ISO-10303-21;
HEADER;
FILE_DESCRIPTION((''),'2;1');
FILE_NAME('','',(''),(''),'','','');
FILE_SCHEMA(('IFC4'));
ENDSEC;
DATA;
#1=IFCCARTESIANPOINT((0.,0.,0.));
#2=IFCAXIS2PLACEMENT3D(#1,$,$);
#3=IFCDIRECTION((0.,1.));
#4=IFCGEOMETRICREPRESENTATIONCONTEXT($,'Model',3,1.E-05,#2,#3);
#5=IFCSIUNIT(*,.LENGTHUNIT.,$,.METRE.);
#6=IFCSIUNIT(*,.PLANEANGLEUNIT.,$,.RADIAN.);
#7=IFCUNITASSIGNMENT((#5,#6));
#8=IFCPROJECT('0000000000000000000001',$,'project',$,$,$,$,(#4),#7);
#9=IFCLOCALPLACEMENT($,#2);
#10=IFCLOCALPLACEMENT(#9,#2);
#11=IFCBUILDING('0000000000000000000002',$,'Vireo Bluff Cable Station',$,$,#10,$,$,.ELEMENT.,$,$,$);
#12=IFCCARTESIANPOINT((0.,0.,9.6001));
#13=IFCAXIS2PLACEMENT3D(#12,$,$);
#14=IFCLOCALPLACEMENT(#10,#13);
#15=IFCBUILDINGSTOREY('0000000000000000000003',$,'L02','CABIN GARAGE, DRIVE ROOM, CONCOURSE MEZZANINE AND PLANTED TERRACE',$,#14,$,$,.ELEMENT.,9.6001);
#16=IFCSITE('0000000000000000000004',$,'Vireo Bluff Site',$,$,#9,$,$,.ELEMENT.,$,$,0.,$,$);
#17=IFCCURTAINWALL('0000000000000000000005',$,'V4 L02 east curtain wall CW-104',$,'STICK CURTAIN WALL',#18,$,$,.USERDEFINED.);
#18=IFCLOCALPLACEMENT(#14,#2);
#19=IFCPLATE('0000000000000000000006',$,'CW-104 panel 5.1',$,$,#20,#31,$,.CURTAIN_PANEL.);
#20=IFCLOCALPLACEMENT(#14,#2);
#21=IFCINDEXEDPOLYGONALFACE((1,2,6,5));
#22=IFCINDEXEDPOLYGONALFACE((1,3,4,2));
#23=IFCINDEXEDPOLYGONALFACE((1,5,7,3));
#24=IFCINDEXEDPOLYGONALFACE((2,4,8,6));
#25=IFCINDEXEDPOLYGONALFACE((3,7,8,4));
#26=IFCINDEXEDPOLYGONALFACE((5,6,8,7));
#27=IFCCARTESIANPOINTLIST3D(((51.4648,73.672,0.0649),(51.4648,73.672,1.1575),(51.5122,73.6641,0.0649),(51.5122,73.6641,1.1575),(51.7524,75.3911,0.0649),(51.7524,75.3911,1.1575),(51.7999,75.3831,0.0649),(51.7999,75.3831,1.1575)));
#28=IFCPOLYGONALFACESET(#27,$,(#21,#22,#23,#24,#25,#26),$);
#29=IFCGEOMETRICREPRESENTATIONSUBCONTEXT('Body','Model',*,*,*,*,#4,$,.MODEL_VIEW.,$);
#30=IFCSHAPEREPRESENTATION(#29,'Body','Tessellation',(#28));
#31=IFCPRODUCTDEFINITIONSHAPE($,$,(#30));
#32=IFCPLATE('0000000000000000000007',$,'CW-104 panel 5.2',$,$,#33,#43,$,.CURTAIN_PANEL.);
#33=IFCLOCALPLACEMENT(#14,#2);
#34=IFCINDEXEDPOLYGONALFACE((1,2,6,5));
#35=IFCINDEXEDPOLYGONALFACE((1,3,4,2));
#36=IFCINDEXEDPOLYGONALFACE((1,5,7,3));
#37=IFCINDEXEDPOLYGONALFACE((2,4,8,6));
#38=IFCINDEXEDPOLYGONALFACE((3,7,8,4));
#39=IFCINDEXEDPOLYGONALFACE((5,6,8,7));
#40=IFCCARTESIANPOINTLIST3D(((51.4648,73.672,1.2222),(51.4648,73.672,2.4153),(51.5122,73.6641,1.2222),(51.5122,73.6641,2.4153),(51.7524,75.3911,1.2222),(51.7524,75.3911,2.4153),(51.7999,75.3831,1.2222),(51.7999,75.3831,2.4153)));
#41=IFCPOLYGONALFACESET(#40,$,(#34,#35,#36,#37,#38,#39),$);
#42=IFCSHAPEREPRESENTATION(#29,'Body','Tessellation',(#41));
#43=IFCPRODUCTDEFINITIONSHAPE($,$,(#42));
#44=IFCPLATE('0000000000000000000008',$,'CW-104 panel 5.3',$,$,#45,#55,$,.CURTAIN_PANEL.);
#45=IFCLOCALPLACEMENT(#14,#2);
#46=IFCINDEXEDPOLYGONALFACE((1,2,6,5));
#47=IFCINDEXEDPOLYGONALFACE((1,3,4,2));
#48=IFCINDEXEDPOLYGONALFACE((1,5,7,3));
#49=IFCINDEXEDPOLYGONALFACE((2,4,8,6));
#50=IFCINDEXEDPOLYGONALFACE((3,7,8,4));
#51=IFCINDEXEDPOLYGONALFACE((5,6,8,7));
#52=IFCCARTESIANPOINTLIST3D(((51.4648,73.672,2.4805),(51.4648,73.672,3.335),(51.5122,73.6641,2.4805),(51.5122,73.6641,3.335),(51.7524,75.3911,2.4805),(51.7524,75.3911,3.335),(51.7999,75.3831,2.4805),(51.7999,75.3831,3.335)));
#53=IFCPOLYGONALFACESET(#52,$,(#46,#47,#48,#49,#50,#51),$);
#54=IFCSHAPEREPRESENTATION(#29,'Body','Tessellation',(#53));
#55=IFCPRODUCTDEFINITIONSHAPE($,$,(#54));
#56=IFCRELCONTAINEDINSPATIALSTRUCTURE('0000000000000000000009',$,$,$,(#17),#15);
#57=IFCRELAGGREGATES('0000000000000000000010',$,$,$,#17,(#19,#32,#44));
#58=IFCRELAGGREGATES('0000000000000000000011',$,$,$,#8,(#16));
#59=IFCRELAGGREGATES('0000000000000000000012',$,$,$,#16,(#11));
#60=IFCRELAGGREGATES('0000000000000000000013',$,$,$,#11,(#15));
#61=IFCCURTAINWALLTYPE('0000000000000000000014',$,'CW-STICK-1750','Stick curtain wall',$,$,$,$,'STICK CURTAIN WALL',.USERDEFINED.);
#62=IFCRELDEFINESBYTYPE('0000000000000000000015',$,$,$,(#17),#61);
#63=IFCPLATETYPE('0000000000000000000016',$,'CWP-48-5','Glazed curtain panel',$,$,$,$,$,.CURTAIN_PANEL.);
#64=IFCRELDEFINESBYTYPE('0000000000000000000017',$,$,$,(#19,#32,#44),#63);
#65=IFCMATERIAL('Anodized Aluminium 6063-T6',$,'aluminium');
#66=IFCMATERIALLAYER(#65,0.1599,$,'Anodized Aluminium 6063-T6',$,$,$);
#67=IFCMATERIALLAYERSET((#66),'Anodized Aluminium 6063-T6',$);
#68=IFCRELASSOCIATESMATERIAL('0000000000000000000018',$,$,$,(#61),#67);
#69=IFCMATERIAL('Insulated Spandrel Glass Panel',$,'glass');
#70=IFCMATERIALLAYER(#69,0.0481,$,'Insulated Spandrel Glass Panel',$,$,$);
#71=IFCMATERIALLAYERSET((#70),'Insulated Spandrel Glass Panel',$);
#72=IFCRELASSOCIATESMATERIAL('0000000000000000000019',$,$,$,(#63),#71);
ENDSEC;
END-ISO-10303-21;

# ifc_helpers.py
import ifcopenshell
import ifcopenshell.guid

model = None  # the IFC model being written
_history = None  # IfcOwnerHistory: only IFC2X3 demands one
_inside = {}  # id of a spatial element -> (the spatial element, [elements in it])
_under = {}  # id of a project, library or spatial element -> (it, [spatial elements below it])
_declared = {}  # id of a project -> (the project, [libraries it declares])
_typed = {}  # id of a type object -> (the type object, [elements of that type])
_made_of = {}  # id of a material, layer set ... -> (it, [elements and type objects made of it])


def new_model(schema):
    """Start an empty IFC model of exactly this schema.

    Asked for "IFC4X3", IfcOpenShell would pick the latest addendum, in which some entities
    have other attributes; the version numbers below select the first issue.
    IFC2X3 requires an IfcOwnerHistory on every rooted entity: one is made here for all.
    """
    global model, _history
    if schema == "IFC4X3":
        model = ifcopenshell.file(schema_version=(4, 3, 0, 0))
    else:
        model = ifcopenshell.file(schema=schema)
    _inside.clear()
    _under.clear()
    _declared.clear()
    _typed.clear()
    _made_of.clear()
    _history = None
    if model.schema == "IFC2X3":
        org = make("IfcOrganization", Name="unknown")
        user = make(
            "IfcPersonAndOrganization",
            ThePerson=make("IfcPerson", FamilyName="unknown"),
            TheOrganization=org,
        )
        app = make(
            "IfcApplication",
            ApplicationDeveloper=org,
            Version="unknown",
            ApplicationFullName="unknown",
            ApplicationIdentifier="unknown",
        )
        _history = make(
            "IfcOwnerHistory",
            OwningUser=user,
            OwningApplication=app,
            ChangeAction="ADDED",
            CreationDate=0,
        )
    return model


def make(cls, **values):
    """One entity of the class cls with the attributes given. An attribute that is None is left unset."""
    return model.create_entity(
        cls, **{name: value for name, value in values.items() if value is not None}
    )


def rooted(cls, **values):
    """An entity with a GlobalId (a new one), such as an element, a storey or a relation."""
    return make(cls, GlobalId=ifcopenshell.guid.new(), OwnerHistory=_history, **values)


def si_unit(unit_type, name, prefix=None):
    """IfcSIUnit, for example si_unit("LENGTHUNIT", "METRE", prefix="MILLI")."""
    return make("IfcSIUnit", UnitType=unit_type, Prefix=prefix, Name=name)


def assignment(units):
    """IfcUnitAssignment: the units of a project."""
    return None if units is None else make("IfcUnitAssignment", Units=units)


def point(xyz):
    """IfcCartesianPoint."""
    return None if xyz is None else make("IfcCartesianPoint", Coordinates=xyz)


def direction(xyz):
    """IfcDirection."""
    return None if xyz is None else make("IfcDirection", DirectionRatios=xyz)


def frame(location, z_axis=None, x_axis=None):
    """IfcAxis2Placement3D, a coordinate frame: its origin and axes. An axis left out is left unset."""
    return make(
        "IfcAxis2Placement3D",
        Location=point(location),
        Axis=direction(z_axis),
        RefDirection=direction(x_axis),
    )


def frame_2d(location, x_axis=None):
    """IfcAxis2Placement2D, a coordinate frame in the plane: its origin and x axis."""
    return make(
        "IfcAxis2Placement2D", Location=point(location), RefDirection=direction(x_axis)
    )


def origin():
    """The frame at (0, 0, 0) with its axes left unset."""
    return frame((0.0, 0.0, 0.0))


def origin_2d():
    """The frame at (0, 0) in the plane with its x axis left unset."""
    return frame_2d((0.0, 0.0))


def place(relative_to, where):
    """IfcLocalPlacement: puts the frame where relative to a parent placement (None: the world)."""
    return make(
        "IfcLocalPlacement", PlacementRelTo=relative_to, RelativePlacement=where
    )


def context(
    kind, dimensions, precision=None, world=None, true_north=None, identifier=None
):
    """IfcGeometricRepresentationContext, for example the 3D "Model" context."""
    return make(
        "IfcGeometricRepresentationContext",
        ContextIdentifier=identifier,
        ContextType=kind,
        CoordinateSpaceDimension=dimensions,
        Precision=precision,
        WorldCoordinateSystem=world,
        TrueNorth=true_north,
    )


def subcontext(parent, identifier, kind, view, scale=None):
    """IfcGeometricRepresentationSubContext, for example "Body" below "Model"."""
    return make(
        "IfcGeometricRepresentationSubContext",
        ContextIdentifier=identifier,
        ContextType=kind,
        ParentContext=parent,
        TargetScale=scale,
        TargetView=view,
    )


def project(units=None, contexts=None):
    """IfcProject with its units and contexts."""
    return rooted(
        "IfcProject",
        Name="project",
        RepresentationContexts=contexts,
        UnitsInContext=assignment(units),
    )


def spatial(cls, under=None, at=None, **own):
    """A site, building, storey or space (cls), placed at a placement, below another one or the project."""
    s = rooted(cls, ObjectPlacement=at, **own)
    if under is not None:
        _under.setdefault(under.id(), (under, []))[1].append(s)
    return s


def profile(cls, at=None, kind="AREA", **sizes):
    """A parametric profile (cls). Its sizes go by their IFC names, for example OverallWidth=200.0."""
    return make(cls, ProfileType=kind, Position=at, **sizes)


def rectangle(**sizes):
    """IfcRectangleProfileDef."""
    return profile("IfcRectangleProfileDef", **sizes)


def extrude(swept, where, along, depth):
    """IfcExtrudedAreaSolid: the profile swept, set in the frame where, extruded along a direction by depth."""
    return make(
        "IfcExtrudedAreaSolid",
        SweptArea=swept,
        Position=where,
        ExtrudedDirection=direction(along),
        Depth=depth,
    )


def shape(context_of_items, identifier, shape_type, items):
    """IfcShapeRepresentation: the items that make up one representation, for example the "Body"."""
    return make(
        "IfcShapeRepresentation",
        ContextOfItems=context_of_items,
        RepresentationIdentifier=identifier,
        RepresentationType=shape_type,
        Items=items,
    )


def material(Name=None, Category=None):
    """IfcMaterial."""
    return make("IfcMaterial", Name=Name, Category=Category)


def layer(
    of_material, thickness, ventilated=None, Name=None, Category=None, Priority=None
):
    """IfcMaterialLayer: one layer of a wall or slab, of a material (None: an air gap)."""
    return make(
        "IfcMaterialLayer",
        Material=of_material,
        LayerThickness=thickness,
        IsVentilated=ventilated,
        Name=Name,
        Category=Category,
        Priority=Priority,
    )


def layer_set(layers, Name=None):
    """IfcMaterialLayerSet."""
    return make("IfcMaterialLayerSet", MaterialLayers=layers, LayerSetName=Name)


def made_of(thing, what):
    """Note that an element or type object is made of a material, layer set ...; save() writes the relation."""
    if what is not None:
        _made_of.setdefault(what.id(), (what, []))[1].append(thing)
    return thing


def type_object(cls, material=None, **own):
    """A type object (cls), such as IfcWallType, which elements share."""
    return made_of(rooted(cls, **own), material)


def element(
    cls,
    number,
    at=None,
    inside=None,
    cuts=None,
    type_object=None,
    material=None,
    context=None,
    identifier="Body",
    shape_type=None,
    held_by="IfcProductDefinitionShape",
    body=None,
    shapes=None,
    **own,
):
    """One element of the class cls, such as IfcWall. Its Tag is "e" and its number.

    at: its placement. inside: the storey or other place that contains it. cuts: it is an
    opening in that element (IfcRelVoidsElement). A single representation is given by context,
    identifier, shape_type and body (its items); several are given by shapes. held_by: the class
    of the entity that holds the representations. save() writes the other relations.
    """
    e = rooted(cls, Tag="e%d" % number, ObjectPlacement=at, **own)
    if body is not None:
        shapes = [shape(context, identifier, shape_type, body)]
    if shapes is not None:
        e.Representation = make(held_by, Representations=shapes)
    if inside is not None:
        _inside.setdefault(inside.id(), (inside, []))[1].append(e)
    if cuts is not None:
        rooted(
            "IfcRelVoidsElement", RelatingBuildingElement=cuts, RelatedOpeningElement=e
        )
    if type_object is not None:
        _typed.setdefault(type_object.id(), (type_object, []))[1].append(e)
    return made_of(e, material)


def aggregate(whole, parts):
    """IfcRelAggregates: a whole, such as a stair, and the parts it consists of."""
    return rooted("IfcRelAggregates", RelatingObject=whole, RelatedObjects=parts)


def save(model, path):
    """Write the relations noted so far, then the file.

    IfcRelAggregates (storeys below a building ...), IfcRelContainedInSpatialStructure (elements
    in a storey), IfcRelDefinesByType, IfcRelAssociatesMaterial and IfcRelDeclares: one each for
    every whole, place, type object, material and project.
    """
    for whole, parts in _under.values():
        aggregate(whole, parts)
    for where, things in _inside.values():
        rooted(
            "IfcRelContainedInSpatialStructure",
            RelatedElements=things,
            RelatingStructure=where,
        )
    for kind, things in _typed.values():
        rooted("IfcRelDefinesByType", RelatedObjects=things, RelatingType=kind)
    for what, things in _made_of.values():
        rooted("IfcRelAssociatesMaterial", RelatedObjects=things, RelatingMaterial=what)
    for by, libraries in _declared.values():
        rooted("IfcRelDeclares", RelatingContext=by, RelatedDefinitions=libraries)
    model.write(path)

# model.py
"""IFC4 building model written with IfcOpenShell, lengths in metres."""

from ifc_helpers import new_model, si_unit, direction, frame, origin, origin_2d, place, context, subcontext, project, spatial, rectangle, extrude, material, layer, layer_set, type_object, element, aggregate, save


model = new_model("IFC4")

# Units and contexts
model_context = context("Model", 3, precision=1e-05, world=origin(), true_north=direction((0.0, 1.0)))
body_context = subcontext(model_context, "Body", "Model", "MODEL_VIEW")
ifc_project = project(units=[si_unit("LENGTHUNIT", "METRE"), si_unit("PLANEANGLEUNIT", "RADIAN")], contexts=[model_context])

# Site, building, storey
site_placement = place(None, origin())
site = spatial("IfcSite", under=ifc_project, at=site_placement, Name="Vireo Bluff Site", CompositionType="ELEMENT", RefElevation=0.0)
building_placement = place(site_placement, origin())
building = spatial("IfcBuilding", under=site, at=building_placement, Name="Vireo Bluff Cable Station", CompositionType="ELEMENT")
storey_placement = place(building_placement, frame((0.0, 0.0, 9.6001)))
storey = spatial("IfcBuildingStorey", under=building, at=storey_placement, Name="L02", Description="CABIN GARAGE, DRIVE ROOM, CONCOURSE MEZZANINE AND PLANTED TERRACE", CompositionType="ELEMENT", Elevation=9.6001)

# Curtain wall
ifc_material_1 = material(Name="Anodized Aluminium 6063-T6", Category="aluminium")
ifc_layer_1 = layer(ifc_material_1, 0.1599, Name="Anodized Aluminium 6063-T6")
ifc_layer_set_1 = layer_set([ifc_layer_1], Name="Anodized Aluminium 6063-T6")
curtain_wall_type_1 = type_object("IfcCurtainWallType", Name="CW-STICK-1750", Description="Stick curtain wall", ElementType="STICK CURTAIN WALL", PredefinedType="USERDEFINED", material=ifc_layer_set_1)
curtain_wall_1_placement = place(storey_placement, origin())
curtain_wall_1 = element("IfcCurtainWall", 1, at=curtain_wall_1_placement, inside=storey, type_object=curtain_wall_type_1, Name="V4 L02 east curtain wall CW-104", ObjectType="STICK CURTAIN WALL", PredefinedType="USERDEFINED")

# Plates
ifc_material_2 = material(Name="Insulated Spandrel Glass Panel", Category="glass")
ifc_layer_2 = layer(ifc_material_2, 0.0481, Name="Insulated Spandrel Glass Panel")
ifc_layer_set_2 = layer_set([ifc_layer_2], Name="Insulated Spandrel Glass Panel")
plate_type_1 = type_object("IfcPlateType", Name="CWP-48-5", Description="Glazed curtain panel", PredefinedType="CURTAIN_PANEL", material=ifc_layer_set_2)
plate_1_placement = place(storey_placement, frame((51.6323, 74.5276, 0.0649), z_axis=(0.0, 0.0, 1.0), x_axis=(-0.165048, -0.986286, 0.0)))
plate_1 = element("IfcPlate", 2, at=plate_1_placement, type_object=plate_type_1, Name="CW-104 panel 5.1", PredefinedType="CURTAIN_PANEL", context=body_context, shape_type="SweptSolid", body=[
    extrude(rectangle(XDim=1.7429, YDim=0.0481, at=origin_2d()), origin(), (0.0, 0.0, 1.0), 1.0925),
])
plate_2_placement = place(storey_placement, frame((51.6323, 74.5276, 1.2222), z_axis=(0.0, 0.0, 1.0), x_axis=(-0.165048, -0.986286, 0.0)))
plate_2 = element("IfcPlate", 3, at=plate_2_placement, type_object=plate_type_1, Name="CW-104 panel 5.2", PredefinedType="CURTAIN_PANEL", context=body_context, shape_type="SweptSolid", body=[
    extrude(rectangle(XDim=1.7429, YDim=0.0481, at=origin_2d()), origin(), (0.0, 0.0, 1.0), 1.1931),
])
plate_3_placement = place(storey_placement, frame((51.6323, 74.5276, 2.4805), z_axis=(0.0, 0.0, 1.0), x_axis=(-0.165048, -0.986286, 0.0)))
plate_3 = element("IfcPlate", 4, at=plate_3_placement, type_object=plate_type_1, Name="CW-104 panel 5.3", PredefinedType="CURTAIN_PANEL", context=body_context, shape_type="SweptSolid", body=[
    extrude(rectangle(XDim=1.7429, YDim=0.0481, at=origin_2d()), origin(), (0.0, 0.0, 1.0), 0.8545),
])
aggregate(curtain_wall_1, [plate_1, plate_2, plate_3])

save(model, "model.ifc")
